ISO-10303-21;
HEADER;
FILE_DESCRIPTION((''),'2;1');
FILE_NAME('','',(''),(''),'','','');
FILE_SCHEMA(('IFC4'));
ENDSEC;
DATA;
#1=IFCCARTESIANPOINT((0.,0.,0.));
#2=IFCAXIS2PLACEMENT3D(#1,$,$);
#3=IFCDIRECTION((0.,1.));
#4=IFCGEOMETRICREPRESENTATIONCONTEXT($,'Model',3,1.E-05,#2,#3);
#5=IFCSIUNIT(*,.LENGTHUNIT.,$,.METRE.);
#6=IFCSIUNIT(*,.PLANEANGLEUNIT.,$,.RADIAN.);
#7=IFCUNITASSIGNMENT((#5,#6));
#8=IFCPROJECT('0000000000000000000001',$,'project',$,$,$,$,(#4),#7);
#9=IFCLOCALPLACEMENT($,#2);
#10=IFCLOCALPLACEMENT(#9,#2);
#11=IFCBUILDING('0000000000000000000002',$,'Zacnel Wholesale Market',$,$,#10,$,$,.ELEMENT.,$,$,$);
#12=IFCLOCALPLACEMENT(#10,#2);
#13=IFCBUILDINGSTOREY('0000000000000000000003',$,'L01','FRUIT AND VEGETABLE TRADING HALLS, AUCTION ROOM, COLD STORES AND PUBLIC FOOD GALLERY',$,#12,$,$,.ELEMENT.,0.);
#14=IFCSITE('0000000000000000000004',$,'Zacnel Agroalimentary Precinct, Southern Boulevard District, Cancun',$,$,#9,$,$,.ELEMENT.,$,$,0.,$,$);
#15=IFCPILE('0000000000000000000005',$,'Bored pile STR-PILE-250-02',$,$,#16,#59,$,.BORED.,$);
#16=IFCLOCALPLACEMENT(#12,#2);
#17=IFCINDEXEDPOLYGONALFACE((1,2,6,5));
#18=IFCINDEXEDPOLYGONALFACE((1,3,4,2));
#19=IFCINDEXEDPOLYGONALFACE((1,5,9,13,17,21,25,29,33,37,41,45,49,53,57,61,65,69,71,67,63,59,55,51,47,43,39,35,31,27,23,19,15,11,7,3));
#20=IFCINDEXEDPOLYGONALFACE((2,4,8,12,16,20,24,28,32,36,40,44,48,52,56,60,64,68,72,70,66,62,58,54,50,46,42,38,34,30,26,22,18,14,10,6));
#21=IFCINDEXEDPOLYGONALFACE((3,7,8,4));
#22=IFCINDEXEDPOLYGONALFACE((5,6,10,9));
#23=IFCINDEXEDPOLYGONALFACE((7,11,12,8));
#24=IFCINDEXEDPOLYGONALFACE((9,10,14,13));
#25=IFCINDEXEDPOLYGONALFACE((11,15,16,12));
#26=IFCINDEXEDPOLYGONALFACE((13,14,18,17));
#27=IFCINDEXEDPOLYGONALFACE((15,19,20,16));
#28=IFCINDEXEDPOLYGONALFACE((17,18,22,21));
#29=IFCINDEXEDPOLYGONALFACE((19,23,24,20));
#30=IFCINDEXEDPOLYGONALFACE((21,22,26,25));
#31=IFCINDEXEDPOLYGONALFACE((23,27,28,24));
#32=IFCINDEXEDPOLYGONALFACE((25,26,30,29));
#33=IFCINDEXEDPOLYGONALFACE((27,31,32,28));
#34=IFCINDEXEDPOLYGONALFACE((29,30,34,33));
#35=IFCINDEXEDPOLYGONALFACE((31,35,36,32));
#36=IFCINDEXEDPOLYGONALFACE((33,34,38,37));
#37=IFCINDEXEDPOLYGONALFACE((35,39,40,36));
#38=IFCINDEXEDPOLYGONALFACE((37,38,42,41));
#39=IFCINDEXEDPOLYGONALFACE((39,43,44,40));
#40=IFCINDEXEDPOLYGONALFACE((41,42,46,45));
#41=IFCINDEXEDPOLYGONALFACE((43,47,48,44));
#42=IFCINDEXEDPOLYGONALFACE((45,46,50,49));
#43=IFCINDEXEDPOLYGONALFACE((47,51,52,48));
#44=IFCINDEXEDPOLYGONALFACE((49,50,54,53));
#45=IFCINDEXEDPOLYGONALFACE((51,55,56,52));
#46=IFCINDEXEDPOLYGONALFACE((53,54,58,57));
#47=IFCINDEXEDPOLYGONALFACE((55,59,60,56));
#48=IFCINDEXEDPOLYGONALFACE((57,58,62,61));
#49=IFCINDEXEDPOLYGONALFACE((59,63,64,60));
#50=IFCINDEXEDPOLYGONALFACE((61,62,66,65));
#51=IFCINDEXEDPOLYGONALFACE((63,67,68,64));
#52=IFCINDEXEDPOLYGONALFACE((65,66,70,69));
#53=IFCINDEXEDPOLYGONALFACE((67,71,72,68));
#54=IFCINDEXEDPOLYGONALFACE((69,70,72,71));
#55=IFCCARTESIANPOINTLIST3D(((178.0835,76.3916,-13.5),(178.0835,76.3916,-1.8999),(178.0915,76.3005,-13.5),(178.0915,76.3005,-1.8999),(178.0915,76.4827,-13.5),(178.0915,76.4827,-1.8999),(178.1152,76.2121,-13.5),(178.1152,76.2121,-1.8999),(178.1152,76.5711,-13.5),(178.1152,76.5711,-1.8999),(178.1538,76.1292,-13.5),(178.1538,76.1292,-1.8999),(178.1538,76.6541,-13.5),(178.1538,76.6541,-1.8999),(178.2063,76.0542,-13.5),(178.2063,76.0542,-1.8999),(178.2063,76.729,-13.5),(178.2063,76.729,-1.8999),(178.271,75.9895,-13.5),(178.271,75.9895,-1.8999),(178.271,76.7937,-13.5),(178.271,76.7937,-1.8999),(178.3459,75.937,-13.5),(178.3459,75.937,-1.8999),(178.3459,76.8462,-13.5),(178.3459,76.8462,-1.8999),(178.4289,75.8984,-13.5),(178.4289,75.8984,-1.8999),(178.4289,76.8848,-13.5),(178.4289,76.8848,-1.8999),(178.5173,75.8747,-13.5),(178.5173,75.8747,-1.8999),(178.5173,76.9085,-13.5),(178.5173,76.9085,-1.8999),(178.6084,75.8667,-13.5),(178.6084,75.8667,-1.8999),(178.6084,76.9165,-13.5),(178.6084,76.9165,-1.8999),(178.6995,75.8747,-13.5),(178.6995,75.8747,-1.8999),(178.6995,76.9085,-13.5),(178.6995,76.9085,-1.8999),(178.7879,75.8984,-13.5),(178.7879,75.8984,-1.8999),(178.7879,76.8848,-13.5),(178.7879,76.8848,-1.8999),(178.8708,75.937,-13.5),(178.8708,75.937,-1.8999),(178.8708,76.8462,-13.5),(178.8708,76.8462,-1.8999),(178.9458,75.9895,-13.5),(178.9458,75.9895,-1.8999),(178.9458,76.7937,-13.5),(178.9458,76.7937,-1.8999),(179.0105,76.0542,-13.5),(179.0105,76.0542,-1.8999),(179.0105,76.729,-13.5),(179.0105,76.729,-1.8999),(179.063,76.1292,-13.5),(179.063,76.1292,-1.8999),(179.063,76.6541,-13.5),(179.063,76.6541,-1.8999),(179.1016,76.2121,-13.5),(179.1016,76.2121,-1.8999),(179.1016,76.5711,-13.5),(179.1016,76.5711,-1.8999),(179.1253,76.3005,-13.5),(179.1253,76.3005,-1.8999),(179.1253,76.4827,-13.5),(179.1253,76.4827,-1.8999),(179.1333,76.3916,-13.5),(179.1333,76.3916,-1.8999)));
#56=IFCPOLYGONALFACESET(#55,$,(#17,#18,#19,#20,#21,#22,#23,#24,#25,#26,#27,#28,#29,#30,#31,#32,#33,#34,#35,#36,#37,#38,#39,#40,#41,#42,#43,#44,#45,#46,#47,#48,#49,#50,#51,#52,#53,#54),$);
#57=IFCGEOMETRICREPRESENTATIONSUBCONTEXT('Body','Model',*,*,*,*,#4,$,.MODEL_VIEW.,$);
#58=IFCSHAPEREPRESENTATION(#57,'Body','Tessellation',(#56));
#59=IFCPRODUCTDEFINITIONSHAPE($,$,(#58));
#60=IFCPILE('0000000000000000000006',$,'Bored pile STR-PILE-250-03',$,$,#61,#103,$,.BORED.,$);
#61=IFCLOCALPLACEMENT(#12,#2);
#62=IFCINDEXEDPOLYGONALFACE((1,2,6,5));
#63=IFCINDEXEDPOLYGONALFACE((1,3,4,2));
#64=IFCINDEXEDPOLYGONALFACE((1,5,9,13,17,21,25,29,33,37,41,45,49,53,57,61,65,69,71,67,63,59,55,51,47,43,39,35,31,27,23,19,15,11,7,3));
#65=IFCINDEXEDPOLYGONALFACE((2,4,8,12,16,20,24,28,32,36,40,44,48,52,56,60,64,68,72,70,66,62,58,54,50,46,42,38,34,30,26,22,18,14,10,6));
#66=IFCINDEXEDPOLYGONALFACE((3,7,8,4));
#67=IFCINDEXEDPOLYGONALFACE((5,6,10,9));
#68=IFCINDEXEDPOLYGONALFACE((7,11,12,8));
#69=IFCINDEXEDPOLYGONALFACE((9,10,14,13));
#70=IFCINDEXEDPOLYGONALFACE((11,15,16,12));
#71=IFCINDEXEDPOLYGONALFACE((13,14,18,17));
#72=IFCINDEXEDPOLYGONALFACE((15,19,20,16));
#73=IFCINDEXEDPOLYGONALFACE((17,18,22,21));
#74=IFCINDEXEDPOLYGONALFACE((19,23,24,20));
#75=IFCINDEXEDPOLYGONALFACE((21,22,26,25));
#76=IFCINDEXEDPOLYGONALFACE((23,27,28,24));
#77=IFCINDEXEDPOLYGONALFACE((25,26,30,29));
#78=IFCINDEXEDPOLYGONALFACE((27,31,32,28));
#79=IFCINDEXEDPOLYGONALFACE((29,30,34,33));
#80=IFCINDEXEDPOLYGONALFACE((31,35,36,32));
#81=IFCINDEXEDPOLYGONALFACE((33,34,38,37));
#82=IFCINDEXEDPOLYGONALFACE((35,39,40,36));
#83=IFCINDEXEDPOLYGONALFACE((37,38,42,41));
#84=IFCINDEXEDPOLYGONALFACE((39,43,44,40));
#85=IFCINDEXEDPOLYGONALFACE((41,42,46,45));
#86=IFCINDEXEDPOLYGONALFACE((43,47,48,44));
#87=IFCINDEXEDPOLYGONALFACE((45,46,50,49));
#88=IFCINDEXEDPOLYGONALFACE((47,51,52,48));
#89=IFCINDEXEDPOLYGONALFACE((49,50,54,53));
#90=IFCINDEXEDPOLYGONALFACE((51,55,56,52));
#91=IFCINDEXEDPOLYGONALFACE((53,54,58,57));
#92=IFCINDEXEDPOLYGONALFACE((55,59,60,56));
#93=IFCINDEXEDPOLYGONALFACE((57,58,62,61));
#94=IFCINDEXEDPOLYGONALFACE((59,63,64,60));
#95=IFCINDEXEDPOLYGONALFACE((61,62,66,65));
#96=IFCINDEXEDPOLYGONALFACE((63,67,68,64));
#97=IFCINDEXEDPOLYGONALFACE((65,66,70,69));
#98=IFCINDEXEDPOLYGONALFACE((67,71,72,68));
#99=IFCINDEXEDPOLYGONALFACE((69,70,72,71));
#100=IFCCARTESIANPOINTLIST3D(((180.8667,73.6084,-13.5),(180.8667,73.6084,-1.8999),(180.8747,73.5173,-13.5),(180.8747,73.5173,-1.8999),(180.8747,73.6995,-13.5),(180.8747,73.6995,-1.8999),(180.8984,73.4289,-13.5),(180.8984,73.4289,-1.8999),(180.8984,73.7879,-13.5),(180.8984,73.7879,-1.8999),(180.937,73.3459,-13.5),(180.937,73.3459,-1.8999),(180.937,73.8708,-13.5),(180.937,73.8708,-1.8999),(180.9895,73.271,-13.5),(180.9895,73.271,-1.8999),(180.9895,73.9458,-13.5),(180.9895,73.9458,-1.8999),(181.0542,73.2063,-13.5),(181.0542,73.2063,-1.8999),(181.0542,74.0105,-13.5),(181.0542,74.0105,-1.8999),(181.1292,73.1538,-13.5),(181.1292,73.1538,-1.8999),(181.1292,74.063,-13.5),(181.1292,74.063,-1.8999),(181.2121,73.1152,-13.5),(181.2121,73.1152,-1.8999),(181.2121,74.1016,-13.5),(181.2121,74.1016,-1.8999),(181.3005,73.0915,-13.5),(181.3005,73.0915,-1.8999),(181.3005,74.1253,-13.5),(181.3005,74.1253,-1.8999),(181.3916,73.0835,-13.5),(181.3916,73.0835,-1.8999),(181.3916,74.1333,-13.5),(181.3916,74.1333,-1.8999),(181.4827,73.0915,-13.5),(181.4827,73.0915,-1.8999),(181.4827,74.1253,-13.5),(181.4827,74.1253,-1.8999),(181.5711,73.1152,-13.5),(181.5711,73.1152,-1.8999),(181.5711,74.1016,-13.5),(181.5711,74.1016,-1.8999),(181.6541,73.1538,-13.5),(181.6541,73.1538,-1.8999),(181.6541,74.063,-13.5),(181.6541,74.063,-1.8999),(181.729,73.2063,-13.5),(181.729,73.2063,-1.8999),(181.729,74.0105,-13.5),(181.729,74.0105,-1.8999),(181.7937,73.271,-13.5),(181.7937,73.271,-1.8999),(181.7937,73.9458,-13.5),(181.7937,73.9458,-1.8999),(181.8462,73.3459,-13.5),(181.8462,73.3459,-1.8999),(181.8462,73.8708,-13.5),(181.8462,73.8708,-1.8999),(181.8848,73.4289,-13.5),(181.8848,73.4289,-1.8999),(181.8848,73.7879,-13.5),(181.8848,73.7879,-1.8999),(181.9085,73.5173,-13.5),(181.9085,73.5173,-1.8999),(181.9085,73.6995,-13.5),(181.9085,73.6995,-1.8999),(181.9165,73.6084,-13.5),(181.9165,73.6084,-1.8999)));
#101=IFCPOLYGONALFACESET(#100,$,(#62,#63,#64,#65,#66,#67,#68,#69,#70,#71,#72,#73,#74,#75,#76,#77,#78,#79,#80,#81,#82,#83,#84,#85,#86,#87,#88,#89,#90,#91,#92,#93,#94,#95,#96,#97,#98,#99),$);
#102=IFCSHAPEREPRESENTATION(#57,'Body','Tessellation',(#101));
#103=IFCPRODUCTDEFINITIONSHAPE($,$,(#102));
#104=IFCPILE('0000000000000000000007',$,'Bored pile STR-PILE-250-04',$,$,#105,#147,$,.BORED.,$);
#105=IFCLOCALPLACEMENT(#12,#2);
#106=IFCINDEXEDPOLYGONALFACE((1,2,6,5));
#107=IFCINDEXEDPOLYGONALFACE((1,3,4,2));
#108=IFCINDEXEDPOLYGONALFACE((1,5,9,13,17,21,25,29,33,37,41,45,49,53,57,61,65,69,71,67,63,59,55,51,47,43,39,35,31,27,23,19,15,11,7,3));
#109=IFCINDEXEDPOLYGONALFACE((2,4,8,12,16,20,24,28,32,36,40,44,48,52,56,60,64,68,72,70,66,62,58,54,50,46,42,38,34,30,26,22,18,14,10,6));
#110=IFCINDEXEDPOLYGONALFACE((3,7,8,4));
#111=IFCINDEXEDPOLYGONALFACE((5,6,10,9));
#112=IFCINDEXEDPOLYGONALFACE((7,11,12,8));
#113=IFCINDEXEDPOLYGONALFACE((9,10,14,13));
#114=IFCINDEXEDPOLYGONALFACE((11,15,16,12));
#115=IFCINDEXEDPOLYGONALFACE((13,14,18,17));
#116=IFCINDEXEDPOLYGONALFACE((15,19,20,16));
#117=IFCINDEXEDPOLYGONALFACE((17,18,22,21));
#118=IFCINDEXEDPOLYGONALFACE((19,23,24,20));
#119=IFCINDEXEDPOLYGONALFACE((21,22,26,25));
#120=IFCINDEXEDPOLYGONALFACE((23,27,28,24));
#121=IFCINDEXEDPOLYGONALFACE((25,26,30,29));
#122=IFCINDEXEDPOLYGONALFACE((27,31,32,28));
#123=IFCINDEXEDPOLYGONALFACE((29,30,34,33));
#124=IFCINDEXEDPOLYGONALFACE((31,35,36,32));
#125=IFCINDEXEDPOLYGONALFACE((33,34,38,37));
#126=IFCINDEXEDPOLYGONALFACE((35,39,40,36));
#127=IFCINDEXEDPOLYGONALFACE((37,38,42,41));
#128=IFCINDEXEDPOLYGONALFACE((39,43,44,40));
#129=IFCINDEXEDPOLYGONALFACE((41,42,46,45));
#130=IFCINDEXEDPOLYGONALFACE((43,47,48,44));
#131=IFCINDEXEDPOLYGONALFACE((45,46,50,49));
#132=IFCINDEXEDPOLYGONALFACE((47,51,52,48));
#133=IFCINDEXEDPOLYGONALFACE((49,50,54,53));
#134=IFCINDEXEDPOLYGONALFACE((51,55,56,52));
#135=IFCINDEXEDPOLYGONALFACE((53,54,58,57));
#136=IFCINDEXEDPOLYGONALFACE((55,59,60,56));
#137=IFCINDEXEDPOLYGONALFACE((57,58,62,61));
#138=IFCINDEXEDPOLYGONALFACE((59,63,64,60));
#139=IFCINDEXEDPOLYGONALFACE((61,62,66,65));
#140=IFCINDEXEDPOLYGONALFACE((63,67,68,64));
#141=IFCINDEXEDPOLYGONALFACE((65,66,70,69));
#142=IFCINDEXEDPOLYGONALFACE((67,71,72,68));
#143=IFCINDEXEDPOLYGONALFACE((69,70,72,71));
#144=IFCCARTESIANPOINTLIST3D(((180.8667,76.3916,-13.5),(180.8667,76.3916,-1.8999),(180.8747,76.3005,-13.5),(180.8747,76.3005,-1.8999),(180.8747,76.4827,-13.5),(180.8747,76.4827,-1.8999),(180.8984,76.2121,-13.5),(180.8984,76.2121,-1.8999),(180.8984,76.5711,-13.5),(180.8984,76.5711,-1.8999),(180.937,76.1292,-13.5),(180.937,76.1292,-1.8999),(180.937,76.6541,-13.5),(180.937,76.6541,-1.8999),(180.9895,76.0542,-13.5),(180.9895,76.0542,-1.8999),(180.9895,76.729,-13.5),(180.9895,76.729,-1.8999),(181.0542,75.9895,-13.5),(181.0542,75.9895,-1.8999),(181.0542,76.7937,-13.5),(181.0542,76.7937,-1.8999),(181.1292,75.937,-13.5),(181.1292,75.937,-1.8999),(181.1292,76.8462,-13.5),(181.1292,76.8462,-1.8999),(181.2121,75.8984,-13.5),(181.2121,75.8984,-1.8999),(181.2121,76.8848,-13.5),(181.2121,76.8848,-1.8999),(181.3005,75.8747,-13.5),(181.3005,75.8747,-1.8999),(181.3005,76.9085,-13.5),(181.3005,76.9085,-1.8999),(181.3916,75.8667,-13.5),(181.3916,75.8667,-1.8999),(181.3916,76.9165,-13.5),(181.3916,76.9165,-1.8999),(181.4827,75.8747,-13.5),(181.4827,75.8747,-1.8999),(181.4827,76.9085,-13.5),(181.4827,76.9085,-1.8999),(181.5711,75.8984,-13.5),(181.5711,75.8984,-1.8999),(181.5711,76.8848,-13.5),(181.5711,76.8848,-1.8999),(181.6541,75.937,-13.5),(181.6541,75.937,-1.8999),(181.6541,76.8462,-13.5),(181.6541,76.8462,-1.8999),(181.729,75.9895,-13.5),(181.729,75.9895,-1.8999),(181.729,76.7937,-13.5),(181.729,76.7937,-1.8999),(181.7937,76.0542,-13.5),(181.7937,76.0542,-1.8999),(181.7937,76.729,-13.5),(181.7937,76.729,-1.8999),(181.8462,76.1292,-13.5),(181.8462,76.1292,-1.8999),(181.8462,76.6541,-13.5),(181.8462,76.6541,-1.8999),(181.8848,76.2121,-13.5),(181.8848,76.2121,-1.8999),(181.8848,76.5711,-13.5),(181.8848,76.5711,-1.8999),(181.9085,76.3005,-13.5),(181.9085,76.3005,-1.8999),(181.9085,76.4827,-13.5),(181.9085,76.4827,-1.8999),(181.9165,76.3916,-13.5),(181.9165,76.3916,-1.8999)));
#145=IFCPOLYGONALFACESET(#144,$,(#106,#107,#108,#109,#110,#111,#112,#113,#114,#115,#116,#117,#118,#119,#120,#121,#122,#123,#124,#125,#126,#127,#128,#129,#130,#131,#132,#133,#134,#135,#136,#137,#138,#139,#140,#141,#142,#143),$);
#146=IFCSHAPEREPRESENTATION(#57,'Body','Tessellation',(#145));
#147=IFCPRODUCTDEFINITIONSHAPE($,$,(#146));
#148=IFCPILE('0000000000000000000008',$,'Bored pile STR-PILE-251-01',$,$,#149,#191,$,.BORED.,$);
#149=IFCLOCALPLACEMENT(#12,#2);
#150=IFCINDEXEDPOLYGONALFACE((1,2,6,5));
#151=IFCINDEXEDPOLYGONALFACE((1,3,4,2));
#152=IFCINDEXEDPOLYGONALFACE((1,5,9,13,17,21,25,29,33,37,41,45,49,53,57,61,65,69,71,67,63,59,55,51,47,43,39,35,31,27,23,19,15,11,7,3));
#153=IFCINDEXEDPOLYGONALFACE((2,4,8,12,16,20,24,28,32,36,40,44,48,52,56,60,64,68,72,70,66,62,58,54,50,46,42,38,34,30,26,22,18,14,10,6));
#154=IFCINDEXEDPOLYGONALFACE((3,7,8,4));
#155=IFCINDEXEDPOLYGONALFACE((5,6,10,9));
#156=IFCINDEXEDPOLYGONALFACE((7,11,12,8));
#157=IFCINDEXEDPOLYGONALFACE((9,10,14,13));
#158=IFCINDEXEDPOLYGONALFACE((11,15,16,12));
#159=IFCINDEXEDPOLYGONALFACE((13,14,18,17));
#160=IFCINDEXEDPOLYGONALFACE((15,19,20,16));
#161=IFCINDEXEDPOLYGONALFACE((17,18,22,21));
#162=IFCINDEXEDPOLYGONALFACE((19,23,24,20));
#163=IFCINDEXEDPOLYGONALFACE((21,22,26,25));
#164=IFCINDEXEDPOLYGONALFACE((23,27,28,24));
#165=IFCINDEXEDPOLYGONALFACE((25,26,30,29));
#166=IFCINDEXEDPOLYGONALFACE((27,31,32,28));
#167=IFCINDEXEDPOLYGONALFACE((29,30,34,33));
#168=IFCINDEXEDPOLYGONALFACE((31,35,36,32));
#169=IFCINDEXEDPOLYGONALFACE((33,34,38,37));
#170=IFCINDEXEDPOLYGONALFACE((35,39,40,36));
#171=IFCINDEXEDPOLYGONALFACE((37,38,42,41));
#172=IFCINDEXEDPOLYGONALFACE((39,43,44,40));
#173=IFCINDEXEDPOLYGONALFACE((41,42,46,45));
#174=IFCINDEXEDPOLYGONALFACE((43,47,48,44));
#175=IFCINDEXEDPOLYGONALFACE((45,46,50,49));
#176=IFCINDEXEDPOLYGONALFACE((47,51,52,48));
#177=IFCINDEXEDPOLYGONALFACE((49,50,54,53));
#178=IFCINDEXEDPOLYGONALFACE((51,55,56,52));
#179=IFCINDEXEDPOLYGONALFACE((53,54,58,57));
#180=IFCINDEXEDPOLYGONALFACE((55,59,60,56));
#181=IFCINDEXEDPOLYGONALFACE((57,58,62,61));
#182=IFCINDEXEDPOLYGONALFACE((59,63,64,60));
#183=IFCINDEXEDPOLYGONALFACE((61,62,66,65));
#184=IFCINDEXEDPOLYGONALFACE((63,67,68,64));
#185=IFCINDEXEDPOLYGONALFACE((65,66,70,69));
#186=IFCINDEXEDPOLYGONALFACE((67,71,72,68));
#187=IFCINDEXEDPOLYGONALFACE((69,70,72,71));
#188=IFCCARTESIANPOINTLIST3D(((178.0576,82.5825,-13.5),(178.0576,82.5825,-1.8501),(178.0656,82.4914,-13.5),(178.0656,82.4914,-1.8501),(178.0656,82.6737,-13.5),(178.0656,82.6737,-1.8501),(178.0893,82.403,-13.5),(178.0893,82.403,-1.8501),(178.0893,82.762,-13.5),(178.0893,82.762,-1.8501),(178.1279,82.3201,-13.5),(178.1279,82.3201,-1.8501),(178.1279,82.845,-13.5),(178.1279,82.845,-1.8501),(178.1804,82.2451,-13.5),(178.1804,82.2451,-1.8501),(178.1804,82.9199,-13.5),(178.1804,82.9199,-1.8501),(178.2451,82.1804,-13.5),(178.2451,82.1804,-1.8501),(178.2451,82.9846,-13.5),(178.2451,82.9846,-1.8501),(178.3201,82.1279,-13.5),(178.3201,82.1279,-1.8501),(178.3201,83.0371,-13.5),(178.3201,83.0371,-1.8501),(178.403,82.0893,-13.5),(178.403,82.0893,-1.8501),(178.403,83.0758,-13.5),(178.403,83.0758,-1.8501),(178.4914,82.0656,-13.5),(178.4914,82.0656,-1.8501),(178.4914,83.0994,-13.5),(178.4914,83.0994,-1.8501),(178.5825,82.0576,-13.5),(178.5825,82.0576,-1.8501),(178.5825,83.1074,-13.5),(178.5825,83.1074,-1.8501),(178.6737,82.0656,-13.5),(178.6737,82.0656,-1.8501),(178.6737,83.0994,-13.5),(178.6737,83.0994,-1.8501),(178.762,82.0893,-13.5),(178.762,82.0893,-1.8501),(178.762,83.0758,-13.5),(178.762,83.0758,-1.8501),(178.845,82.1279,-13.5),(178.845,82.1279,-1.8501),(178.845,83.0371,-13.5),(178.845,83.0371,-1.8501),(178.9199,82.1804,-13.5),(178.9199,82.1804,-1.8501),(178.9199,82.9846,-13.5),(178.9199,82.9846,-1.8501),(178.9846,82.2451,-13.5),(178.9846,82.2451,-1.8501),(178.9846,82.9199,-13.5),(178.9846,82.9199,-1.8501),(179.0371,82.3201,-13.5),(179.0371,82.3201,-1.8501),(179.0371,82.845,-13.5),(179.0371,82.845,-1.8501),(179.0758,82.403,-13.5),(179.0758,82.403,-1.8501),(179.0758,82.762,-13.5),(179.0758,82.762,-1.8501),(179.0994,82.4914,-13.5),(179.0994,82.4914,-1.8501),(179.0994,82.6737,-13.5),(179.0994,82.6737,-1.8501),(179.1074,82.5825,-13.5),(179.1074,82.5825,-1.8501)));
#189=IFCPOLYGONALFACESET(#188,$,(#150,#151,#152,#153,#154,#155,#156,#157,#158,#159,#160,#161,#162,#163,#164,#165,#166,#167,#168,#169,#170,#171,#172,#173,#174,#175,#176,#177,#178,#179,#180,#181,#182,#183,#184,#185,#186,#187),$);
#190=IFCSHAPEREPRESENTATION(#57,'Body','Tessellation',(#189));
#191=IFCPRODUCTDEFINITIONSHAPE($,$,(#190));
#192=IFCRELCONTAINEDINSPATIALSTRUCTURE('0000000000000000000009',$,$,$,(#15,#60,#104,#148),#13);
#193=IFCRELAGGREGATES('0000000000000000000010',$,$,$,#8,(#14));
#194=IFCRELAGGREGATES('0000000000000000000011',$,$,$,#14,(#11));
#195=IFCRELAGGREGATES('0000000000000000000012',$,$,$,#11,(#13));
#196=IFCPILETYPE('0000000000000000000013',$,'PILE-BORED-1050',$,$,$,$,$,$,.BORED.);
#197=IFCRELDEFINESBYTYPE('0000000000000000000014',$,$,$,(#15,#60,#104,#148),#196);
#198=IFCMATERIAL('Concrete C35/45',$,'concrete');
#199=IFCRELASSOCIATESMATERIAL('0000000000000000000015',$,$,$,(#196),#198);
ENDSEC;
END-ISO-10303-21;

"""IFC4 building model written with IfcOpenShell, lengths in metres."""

from ifc_helpers import new_model, si_unit, direction, frame, origin, origin_2d, place, context, subcontext, project, spatial, circle, extrude, material, material_profile, profile_set, type_object, element, save


model = new_model("IFC4")

# Units and contexts
model_context = context("Model", 3, precision=1e-05, world=origin(), true_north=direction((0.0, 1.0)))
body_context = subcontext(model_context, "Body", "Model", "MODEL_VIEW")
ifc_project = project(units=[si_unit("LENGTHUNIT", "METRE"), si_unit("PLANEANGLEUNIT", "RADIAN")], contexts=[model_context])

# Site, building, storey
site_placement = place(None, origin())
site = spatial("IfcSite", under=ifc_project, at=site_placement, Name="Zacnel Agroalimentary Precinct, Southern Boulevard District, Cancun", CompositionType="ELEMENT", RefElevation=0.0)
building_placement = place(site_placement, origin())
building = spatial("IfcBuilding", under=site, at=building_placement, Name="Zacnel Wholesale Market", CompositionType="ELEMENT")
storey_placement = place(building_placement, origin())
storey = spatial("IfcBuildingStorey", under=building, at=storey_placement, Name="L01", Description="FRUIT AND VEGETABLE TRADING HALLS, AUCTION ROOM, COLD STORES AND PUBLIC FOOD GALLERY", CompositionType="ELEMENT", Elevation=0.0)

# Piles
ifc_material_1 = material(Name="Concrete C35/45", Category="concrete")
ifc_material_profile_1 = material_profile(ifc_material_1, circle(Radius=0.5249, at=origin_2d()), Name="BORED PILE D1050")
ifc_profile_set_1 = profile_set([ifc_material_profile_1], Name="Concrete C35/45")
pile_type = type_object("IfcPileType", Name="PILE-BORED-1050", PredefinedType="BORED", material=ifc_profile_set_1)
for number, where, z_axis, x_axis, name in (
    (1, (178.6084, 76.3916, -1.8999), (0.0, 0.0, -1.0), (1.0, 0.0, 0.0), "Bored pile STR-PILE-250-02"),
    (2, (181.3916, 73.6084, -1.8999), (0.0, 0.0, -1.0), (1.0, 0.0, 0.0), "Bored pile STR-PILE-250-03"),
    (3, (181.3916, 76.3916, -1.8999), (0.0, 0.0, -1.0), (1.0, 0.0, 0.0), "Bored pile STR-PILE-250-04"),
):
    element("IfcPile", number, at=place(storey_placement, frame(where, z_axis=z_axis, x_axis=x_axis)), inside=storey, type_object=pile_type, Name=name, PredefinedType="BORED", context=body_context, shape_type="SweptSolid", body=[
        extrude(circle(Radius=0.5249, at=origin_2d()), origin(), (0.0, 0.0, 1.0), 11.6001),
    ])
for number, where, z_axis, x_axis, name in (
    (4, (178.5825, 82.5825, -1.8501), (0.0, 0.0, -1.0), (1.0, 0.0, 0.0), "Bored pile STR-PILE-251-01"),
):
    element("IfcPile", number, at=place(storey_placement, frame(where, z_axis=z_axis, x_axis=x_axis)), inside=storey, type_object=pile_type, Name=name, PredefinedType="BORED", context=body_context, shape_type="SweptSolid", body=[
        extrude(circle(Radius=0.5249, at=origin_2d()), origin(), (0.0, 0.0, 1.0), 11.6499),
    ])

save(model, "model.ifc")
